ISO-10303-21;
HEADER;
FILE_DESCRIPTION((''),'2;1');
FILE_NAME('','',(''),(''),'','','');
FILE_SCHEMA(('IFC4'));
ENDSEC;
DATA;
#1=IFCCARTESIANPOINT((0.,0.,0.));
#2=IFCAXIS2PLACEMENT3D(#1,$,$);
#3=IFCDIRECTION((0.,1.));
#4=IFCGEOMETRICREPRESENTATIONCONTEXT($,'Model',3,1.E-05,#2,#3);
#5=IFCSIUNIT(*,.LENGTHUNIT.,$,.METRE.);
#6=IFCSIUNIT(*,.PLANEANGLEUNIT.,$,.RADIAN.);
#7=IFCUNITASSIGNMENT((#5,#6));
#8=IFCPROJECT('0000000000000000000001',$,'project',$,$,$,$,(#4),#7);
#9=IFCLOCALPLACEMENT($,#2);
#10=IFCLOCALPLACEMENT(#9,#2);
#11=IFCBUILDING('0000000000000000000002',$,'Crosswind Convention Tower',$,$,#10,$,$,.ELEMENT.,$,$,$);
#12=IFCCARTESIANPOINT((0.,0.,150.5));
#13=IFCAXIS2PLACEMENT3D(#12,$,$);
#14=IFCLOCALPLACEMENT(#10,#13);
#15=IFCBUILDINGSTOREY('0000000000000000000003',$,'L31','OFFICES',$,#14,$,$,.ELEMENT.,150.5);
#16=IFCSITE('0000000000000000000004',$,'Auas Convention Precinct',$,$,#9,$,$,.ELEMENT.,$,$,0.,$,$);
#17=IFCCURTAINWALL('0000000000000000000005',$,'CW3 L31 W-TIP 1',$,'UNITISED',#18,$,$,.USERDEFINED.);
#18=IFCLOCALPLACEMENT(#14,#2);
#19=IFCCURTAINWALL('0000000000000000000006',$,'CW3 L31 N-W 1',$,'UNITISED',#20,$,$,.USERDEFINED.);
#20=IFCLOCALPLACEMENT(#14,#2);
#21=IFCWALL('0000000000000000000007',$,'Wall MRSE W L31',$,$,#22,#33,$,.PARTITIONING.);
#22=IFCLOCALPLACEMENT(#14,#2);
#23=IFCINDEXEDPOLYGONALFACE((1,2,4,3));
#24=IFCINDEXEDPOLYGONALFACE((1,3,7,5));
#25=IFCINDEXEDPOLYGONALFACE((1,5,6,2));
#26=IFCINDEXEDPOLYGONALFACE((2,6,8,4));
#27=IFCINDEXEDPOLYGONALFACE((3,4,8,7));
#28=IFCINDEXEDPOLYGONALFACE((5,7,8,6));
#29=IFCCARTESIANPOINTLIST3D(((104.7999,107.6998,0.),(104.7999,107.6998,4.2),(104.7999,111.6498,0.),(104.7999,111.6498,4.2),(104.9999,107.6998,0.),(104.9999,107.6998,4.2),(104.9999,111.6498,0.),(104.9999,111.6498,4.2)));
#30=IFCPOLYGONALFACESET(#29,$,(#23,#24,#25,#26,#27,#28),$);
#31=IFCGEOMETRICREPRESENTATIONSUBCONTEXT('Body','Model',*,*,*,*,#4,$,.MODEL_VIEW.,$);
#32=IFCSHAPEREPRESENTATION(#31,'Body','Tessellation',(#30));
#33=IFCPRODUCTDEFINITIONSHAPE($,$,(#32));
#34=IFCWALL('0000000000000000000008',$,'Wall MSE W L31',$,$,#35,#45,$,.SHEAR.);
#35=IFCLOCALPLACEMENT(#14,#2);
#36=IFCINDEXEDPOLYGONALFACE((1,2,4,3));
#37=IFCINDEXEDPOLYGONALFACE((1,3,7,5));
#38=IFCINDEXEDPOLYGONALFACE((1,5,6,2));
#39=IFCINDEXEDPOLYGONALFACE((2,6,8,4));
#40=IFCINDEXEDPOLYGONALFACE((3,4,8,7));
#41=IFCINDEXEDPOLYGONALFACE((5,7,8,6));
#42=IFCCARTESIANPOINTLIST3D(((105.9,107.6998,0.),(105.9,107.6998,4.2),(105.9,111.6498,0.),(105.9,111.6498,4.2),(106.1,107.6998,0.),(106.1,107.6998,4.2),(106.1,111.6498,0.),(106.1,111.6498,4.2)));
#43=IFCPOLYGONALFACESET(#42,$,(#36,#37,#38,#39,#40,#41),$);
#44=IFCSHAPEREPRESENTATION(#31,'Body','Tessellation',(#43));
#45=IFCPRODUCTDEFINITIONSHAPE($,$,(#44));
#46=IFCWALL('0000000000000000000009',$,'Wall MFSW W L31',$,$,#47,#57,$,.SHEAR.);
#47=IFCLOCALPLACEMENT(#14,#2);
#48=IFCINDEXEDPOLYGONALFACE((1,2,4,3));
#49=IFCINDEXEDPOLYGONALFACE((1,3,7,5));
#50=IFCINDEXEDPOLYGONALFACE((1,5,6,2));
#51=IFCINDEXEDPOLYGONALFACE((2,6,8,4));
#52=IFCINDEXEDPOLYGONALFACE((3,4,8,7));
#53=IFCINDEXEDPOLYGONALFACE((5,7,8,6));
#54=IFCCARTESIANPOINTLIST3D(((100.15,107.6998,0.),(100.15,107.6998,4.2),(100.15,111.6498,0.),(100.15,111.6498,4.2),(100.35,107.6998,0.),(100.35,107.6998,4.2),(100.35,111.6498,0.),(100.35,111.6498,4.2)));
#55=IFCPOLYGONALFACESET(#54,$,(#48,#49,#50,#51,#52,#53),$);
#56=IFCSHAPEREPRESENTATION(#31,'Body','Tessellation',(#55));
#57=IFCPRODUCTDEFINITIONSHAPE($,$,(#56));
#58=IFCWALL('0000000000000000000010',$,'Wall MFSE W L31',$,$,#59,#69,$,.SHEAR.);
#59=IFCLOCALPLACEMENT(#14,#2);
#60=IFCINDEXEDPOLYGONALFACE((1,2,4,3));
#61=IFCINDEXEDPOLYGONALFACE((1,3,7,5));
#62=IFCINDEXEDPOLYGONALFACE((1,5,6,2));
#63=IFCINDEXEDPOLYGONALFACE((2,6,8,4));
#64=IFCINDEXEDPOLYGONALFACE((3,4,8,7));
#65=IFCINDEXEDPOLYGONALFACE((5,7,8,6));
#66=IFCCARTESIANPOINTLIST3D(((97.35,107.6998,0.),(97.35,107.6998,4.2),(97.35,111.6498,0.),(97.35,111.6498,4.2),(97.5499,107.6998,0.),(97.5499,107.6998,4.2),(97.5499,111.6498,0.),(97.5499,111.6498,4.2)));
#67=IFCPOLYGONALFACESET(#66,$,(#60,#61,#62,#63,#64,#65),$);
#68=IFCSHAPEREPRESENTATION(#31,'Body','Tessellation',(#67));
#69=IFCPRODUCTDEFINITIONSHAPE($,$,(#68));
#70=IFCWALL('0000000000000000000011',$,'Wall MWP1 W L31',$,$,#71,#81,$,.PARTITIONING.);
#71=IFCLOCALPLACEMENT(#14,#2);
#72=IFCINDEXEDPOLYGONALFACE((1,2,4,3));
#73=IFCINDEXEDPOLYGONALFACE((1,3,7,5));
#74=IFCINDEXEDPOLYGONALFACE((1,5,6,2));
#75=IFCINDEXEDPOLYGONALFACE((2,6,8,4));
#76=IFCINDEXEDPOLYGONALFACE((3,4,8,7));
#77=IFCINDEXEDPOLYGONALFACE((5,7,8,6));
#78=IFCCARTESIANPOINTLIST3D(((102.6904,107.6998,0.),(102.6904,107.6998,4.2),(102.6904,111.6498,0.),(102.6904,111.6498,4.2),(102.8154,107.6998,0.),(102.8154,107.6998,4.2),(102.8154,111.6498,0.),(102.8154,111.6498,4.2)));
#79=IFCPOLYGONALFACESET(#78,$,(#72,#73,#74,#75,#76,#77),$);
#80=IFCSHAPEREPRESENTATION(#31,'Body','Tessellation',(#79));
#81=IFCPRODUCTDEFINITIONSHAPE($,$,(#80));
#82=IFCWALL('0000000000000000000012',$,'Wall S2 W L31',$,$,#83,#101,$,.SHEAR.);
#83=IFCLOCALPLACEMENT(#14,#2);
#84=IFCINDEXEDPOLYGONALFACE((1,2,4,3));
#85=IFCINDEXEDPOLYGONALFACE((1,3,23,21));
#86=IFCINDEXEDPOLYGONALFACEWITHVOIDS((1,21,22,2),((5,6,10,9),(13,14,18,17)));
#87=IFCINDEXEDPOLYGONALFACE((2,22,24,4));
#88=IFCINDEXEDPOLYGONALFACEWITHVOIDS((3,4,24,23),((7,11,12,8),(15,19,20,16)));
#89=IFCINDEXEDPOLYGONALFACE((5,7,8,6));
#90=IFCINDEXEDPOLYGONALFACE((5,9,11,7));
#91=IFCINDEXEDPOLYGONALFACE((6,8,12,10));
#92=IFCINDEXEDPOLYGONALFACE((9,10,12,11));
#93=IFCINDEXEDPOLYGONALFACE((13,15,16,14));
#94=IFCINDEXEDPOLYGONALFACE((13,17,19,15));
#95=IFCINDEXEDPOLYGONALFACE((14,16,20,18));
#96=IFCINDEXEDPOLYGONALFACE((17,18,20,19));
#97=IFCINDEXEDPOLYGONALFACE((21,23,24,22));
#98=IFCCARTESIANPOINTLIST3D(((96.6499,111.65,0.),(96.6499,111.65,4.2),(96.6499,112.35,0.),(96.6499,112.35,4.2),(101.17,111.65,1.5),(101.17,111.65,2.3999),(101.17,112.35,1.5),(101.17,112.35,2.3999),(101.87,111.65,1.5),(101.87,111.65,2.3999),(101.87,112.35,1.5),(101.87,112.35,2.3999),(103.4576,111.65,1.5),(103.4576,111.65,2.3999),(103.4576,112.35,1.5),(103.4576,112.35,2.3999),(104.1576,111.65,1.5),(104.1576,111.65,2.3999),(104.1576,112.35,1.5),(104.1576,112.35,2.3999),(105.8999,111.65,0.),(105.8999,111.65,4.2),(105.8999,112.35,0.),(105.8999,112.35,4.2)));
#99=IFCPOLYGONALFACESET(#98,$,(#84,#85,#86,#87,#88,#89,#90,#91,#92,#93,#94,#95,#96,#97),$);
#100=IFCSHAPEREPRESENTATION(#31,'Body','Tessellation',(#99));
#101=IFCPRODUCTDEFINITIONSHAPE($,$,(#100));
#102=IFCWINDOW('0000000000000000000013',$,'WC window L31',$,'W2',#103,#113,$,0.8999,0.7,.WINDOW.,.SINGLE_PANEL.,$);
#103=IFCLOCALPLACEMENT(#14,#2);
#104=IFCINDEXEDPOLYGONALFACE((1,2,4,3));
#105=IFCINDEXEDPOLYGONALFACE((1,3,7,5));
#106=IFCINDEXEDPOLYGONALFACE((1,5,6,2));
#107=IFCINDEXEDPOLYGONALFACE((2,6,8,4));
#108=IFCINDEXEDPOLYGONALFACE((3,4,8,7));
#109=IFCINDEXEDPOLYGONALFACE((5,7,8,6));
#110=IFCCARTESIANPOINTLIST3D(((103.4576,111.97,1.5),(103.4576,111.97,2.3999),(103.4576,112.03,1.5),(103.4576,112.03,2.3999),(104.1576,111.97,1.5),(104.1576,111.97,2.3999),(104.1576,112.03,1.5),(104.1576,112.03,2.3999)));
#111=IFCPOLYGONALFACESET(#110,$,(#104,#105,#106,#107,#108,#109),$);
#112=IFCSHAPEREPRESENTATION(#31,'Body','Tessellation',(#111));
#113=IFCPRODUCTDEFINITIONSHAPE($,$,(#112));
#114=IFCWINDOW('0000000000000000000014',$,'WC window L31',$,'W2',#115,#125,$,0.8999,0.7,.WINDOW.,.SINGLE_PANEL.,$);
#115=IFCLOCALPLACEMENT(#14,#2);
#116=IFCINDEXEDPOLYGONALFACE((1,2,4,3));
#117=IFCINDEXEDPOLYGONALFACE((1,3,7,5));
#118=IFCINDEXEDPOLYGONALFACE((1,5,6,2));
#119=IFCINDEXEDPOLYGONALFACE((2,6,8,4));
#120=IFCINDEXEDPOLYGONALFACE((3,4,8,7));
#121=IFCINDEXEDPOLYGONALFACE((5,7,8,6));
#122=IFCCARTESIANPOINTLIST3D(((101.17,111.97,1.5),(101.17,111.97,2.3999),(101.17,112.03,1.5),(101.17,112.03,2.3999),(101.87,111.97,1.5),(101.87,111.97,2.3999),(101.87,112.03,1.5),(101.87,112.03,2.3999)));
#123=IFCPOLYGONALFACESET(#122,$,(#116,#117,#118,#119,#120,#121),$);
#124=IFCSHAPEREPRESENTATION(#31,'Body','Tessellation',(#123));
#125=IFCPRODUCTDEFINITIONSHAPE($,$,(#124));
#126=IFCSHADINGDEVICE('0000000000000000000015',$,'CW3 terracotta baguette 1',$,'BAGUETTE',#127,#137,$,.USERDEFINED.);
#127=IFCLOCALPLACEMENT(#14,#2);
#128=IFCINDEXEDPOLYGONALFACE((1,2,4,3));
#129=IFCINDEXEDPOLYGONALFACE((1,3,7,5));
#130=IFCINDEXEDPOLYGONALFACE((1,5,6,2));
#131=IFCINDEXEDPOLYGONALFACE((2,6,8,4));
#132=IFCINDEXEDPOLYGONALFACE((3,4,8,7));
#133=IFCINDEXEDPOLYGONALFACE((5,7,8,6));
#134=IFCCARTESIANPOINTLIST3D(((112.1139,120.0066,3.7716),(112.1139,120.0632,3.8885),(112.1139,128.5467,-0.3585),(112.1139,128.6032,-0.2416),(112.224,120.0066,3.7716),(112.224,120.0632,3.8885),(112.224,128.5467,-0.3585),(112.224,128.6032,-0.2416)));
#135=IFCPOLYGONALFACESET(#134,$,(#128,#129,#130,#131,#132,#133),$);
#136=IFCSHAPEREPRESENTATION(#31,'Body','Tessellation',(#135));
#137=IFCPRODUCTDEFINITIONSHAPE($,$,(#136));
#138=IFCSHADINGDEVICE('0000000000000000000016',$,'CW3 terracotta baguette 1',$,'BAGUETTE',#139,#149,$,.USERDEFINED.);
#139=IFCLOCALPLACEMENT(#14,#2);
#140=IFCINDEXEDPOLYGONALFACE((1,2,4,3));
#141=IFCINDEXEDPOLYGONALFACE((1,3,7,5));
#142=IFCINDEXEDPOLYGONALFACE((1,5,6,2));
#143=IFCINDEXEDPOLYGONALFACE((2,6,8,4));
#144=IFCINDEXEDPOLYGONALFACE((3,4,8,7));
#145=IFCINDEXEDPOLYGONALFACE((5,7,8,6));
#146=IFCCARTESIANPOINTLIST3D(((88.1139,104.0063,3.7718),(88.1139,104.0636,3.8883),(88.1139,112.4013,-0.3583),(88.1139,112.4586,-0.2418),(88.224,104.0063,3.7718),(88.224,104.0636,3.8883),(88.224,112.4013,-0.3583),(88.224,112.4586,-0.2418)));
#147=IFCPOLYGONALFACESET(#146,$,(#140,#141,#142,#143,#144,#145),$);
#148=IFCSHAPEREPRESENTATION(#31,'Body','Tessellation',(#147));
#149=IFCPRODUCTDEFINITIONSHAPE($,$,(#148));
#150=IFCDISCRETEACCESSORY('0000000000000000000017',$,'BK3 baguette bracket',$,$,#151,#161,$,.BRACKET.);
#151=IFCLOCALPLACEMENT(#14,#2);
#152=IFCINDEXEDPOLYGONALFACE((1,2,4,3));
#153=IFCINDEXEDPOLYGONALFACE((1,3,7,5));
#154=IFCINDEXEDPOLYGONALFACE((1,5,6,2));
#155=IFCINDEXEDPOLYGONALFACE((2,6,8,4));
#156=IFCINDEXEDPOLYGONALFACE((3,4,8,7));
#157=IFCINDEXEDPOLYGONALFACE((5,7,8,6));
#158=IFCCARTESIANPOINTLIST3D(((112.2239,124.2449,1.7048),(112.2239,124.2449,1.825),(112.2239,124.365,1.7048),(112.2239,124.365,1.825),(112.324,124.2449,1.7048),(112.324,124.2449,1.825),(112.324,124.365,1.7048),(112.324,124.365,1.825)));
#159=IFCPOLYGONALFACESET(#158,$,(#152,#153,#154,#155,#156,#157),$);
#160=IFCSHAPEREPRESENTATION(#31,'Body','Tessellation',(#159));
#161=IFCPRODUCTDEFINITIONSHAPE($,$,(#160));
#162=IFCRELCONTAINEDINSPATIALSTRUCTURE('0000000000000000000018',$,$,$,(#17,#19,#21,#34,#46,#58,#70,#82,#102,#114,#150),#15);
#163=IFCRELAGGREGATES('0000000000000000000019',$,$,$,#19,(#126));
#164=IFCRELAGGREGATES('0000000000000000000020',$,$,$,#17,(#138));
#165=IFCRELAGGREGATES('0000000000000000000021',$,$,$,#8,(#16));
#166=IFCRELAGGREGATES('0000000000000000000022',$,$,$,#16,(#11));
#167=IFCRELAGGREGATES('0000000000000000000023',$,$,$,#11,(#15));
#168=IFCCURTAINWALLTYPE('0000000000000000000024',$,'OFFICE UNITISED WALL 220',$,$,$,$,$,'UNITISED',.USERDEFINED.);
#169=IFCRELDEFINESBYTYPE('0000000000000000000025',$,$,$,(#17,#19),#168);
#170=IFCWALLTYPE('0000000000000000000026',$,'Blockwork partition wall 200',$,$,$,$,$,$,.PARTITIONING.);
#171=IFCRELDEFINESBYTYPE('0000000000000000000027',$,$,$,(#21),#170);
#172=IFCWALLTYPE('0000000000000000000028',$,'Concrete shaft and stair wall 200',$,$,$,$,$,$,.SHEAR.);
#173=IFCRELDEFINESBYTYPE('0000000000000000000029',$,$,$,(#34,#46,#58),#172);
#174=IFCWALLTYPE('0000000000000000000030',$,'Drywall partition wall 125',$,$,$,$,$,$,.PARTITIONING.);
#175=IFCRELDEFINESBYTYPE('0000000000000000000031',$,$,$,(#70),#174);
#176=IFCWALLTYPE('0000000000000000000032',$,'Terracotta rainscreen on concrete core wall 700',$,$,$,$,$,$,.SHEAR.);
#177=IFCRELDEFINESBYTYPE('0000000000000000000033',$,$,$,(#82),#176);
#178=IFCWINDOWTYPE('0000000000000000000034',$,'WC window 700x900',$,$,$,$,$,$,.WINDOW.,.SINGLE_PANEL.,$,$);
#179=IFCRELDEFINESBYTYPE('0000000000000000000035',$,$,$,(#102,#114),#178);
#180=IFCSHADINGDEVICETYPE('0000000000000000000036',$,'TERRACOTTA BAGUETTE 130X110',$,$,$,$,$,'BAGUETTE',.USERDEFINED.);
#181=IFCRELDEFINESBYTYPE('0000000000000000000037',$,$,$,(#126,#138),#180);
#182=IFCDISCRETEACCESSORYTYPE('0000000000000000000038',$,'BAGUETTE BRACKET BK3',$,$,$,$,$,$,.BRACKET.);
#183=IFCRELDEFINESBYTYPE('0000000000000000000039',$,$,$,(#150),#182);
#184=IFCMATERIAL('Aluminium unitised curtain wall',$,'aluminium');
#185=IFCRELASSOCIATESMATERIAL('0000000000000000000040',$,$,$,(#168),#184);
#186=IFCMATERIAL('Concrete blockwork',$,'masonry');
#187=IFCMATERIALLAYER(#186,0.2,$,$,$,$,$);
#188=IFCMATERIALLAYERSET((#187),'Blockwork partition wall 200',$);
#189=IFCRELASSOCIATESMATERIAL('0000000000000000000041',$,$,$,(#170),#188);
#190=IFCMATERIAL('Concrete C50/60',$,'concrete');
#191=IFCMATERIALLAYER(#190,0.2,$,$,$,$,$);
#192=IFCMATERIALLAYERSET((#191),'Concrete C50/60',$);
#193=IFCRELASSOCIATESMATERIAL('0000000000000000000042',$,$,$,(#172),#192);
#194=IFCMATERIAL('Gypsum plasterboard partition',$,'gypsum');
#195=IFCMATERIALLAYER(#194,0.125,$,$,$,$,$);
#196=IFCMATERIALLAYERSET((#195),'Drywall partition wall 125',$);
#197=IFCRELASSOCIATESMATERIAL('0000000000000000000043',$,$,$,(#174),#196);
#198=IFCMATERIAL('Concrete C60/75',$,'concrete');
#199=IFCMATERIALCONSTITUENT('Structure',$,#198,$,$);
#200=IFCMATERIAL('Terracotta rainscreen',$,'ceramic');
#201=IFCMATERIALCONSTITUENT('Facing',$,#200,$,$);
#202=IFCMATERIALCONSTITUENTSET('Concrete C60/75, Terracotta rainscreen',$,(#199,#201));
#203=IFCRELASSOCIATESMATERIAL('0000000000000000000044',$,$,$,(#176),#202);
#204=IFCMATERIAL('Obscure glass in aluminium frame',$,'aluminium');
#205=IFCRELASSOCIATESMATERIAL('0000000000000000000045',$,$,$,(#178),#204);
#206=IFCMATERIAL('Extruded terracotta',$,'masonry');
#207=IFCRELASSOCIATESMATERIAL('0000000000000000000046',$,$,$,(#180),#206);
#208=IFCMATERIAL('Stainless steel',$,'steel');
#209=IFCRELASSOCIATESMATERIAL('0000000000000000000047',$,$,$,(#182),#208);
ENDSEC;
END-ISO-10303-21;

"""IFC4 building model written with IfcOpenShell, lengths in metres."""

from ifc_helpers import new_model, si_unit, direction, frame, frame_2d, origin, origin_2d, place, context, subcontext, project, spatial, rectangle, extrude, material, layer, layer_set, constituent, constituent_set, material_profile, profile_set, type_object, element, fill, aggregate, save


model = new_model("IFC4")

# Units and contexts
model_context = context("Model", 3, precision=1e-05, world=origin(), true_north=direction((0.0, 1.0)))
body_context = subcontext(model_context, "Body", "Model", "MODEL_VIEW")
ifc_project = project(units=[si_unit("LENGTHUNIT", "METRE"), si_unit("PLANEANGLEUNIT", "RADIAN")], contexts=[model_context])

# Site, building, storey
site_placement = place(None, origin())
site = spatial("IfcSite", under=ifc_project, at=site_placement, Name="Auas Convention Precinct", CompositionType="ELEMENT", RefElevation=0.0)
building_placement = place(site_placement, origin())
building = spatial("IfcBuilding", under=site, at=building_placement, Name="Crosswind Convention Tower", CompositionType="ELEMENT")
storey_placement = place(building_placement, frame((0.0, 0.0, 150.5)))
storey = spatial("IfcBuildingStorey", under=building, at=storey_placement, Name="L31", Description="OFFICES", CompositionType="ELEMENT", Elevation=150.5)

# Shared definitions
ifc_material_1 = material(Name="Concrete C60/75", Category="concrete")

# Shared definitions
ifc_material_2 = material(Name="Aluminium unitised curtain wall", Category="aluminium")

# Curtain wall
curtain_wall_type_1 = type_object("IfcCurtainWallType", Name="OFFICE UNITISED WALL 220", ElementType="UNITISED", PredefinedType="USERDEFINED", material=ifc_material_2)
curtain_wall_1_placement = place(storey_placement, origin())
curtain_wall_1 = element("IfcCurtainWall", 1, at=curtain_wall_1_placement, inside=storey, type_object=curtain_wall_type_1, Name="CW3 L31 W-TIP 1", ObjectType="UNITISED", PredefinedType="USERDEFINED")

# Curtain wall
curtain_wall_2_placement = place(storey_placement, origin())
curtain_wall_2 = element("IfcCurtainWall", 2, at=curtain_wall_2_placement, inside=storey, type_object=curtain_wall_type_1, Name="CW3 L31 N-W 1", ObjectType="UNITISED", PredefinedType="USERDEFINED")

# Wall
ifc_material_3 = material(Name="Concrete blockwork", Category="masonry")
ifc_layer_1 = layer(ifc_material_3, 0.2)
ifc_layer_set_1 = layer_set([ifc_layer_1], Name="Blockwork partition wall 200")
wall_type_1 = type_object("IfcWallType", Name="Blockwork partition wall 200", PredefinedType="PARTITIONING", material=ifc_layer_set_1)
wall_1_placement = place(storey_placement, frame((104.8999, 111.6499, 0.0), z_axis=(0.0, 0.0, 1.0), x_axis=(0.0, -1.0, 0.0)))
element("IfcWall", 3, at=wall_1_placement, inside=storey, type_object=wall_type_1, Name="Wall MRSE W L31", PredefinedType="PARTITIONING", context=body_context, shape_type="SweptSolid", body=[
    extrude(rectangle(XDim=3.95, YDim=0.2, at=frame_2d((1.9751, 0.0))), origin(), (0.0, 0.0, 1.0), 4.2),
])

# Walls
ifc_material_4 = material(Name="Concrete C50/60", Category="concrete")
ifc_layer_2 = layer(ifc_material_4, 0.2)
ifc_layer_set_2 = layer_set([ifc_layer_2], Name="Concrete C50/60")
wall_type_2 = type_object("IfcWallType", Name="Concrete shaft and stair wall 200", PredefinedType="SHEAR", material=ifc_layer_set_2)
for number, where, z_axis, x_axis, name in (
    (4, (106.0, 111.6499, 0.0), (0.0, 0.0, 1.0), (0.0, -1.0, 0.0), "Wall MSE W L31"),
    (5, (100.25, 111.6499, 0.0), (0.0, 0.0, 1.0), (0.0, -1.0, 0.0), "Wall MFSW W L31"),
    (6, (97.45, 111.6499, 0.0), (0.0, 0.0, 1.0), (0.0, -1.0, 0.0), "Wall MFSE W L31"),
):
    element("IfcWall", number, at=place(storey_placement, frame(where, z_axis=z_axis, x_axis=x_axis)), inside=storey, type_object=wall_type_2, Name=name, PredefinedType="SHEAR", context=body_context, shape_type="SweptSolid", body=[
        extrude(rectangle(XDim=3.95, YDim=0.2, at=frame_2d((1.9751, 0.0))), origin(), (0.0, 0.0, 1.0), 4.2),
    ])
ifc_material_5 = material(Name="Gypsum plasterboard partition", Category="gypsum")
ifc_layer_3 = layer(ifc_material_5, 0.125)
ifc_layer_set_3 = layer_set([ifc_layer_3], Name="Drywall partition wall 125")
wall_type_3 = type_object("IfcWallType", Name="Drywall partition wall 125", PredefinedType="PARTITIONING", material=ifc_layer_set_3)
wall_2_placement = place(storey_placement, frame((102.7529, 111.6499, 0.0), z_axis=(0.0, 0.0, 1.0), x_axis=(0.0, -1.0, 0.0)))
element("IfcWall", 7, at=wall_2_placement, inside=storey, type_object=wall_type_3, Name="Wall MWP1 W L31", PredefinedType="PARTITIONING", context=body_context, shape_type="SweptSolid", body=[
    extrude(rectangle(XDim=3.95, YDim=0.125, at=frame_2d((1.9751, 0.0))), origin(), (0.0, 0.0, 1.0), 4.2),
])

# Wall, openings, windows
ifc_constituent_1 = constituent(ifc_material_1, Name="Structure")
ifc_material_6 = material(Name="Terracotta rainscreen", Category="ceramic")
ifc_constituent_2 = constituent(ifc_material_6, Name="Facing")
ifc_constituent_set = constituent_set(constituents=[ifc_constituent_1, ifc_constituent_2], Name="Concrete C60/75, Terracotta rainscreen")
wall_type_4 = type_object("IfcWallType", Name="Terracotta rainscreen on concrete core wall 700", PredefinedType="SHEAR", material=ifc_constituent_set)
wall_3_placement = place(storey_placement, frame((105.8999, 112.0, 0.0), z_axis=(0.0, 0.0, 1.0), x_axis=(-1.0, 0.0, 0.0)))
wall_3 = element("IfcWall", 8, at=wall_3_placement, inside=storey, type_object=wall_type_4, Name="Wall S2 W L31", PredefinedType="SHEAR", context=body_context, shape_type="SweptSolid", body=[
    extrude(rectangle(XDim=9.25, YDim=0.7, at=frame_2d((4.625, 0.0))), origin(), (0.0, 0.0, 1.0), 4.2),
])
opening_1_placement = place(wall_3_placement, frame((1.7422, 0.0, 1.5)))
opening_1 = element("IfcOpeningElement", 9, at=opening_1_placement, cuts=wall_3, PredefinedType="OPENING", context=body_context, shape_type="SweptSolid", body=[
    extrude(rectangle(XDim=0.7, YDim=0.8999, at=frame_2d((0.3501, 0.45))), frame((0.0, 0.3599, 0.0), z_axis=(0.0, -1.0, 0.0), x_axis=(1.0, 0.0, 0.0)), (0.0, 0.0, 1.0), 0.72),
])
opening_2_placement = place(wall_3_placement, frame((4.0298, 0.0, 1.5)))
opening_2 = element("IfcOpeningElement", 10, at=opening_2_placement, cuts=wall_3, PredefinedType="OPENING", context=body_context, shape_type="SweptSolid", body=[
    extrude(rectangle(XDim=0.7, YDim=0.8999, at=frame_2d((0.3501, 0.45))), frame((0.0, 0.3599, 0.0), z_axis=(0.0, -1.0, 0.0), x_axis=(1.0, 0.0, 0.0)), (0.0, 0.0, 1.0), 0.72),
])
ifc_material_7 = material(Name="Obscure glass in aluminium frame", Category="aluminium")
window_type = type_object("IfcWindowType", Name="WC window 700x900", PartitioningType="SINGLE_PANEL", PredefinedType="WINDOW", material=ifc_material_7)
window_1_placement = place(opening_1_placement, origin())
window_1 = element("IfcWindow", 11, at=window_1_placement, inside=storey, type_object=window_type, Name="WC window L31", ObjectType="W2", OverallHeight=0.8999, OverallWidth=0.7, PartitioningType="SINGLE_PANEL", PredefinedType="WINDOW", context=body_context, shape_type="SweptSolid", body=[
    extrude(rectangle(XDim=0.7, YDim=0.8999, at=frame_2d((0.3501, 0.45))), frame((0.0, 0.03, 0.0), z_axis=(0.0, -1.0, 0.0), x_axis=(1.0, 0.0, 0.0)), (0.0, 0.0, 1.0), 0.0601),
])
fill(opening_1, window_1)
window_2_placement = place(opening_2_placement, origin())
window_2 = element("IfcWindow", 12, at=window_2_placement, inside=storey, type_object=window_type, Name="WC window L31", ObjectType="W2", OverallHeight=0.8999, OverallWidth=0.7, PartitioningType="SINGLE_PANEL", PredefinedType="WINDOW", context=body_context, shape_type="SweptSolid", body=[
    extrude(rectangle(XDim=0.7, YDim=0.8999, at=frame_2d((0.3501, 0.45))), frame((0.0, 0.03, 0.0), z_axis=(0.0, -1.0, 0.0), x_axis=(1.0, 0.0, 0.0)), (0.0, 0.0, 1.0), 0.0601),
])
fill(opening_2, window_2)

# Shading devices
ifc_material_8 = material(Name="Extruded terracotta", Category="masonry")
ifc_material_profile_1 = material_profile(ifc_material_8, rectangle(XDim=0.1101, YDim=0.1299, at=origin_2d()), Name="TC 110X130")
ifc_profile_set_1 = profile_set([ifc_material_profile_1], Name="Extruded terracotta")
shading_device_type = type_object("IfcShadingDeviceType", Name="TERRACOTTA BAGUETTE 130X110", ElementType="BAGUETTE", PredefinedType="USERDEFINED", material=ifc_profile_set_1)
shading_device_1_placement = place(storey_placement, frame((112.1689, 128.575, -0.3), z_axis=(0.0, -0.900248, 0.435377), x_axis=(1.0, 0.0, 0.0)))
shading_device_1 = element("IfcShadingDevice", 13, at=shading_device_1_placement, type_object=shading_device_type, Name="CW3 terracotta baguette 1", ObjectType="BAGUETTE", PredefinedType="USERDEFINED", context=body_context, shape_type="SweptSolid", body=[
    extrude(rectangle(XDim=0.1101, YDim=0.1299, at=origin_2d()), origin(), (0.0, 0.0, 1.0), 9.4863),
])
aggregate(curtain_wall_2, [shading_device_1])
shading_device_2_placement = place(storey_placement, frame((88.1689, 112.4299, -0.3), z_axis=(0.0, -0.897289, 0.441443), x_axis=(1.0, 0.0, 0.0)))
shading_device_2 = element("IfcShadingDevice", 14, at=shading_device_2_placement, type_object=shading_device_type, Name="CW3 terracotta baguette 1", ObjectType="BAGUETTE", PredefinedType="USERDEFINED", context=body_context, shape_type="SweptSolid", body=[
    extrude(rectangle(XDim=0.1101, YDim=0.1299, at=origin_2d()), origin(), (0.0, 0.0, 1.0), 9.356),
])
aggregate(curtain_wall_1, [shading_device_2])

# Discrete accessory
ifc_material_9 = material(Name="Stainless steel", Category="steel")
discrete_accessory_type = type_object("IfcDiscreteAccessoryType", Name="BAGUETTE BRACKET BK3", PredefinedType="BRACKET", material=ifc_material_9)
discrete_accessory_placement = place(storey_placement, frame((112.2739, 124.3049, 1.7048), z_axis=(0.0, 0.0, 1.0), x_axis=(0.0, -1.0, 0.0)))
element("IfcDiscreteAccessory", 15, at=discrete_accessory_placement, inside=storey, type_object=discrete_accessory_type, Name="BK3 baguette bracket", PredefinedType="BRACKET", context=body_context, shape_type="SweptSolid", body=[
    extrude(rectangle(XDim=0.1201, YDim=0.1001, at=origin_2d()), origin(), (0.0, 0.0, 1.0), 0.1201),
])

save(model, "model.ifc")
